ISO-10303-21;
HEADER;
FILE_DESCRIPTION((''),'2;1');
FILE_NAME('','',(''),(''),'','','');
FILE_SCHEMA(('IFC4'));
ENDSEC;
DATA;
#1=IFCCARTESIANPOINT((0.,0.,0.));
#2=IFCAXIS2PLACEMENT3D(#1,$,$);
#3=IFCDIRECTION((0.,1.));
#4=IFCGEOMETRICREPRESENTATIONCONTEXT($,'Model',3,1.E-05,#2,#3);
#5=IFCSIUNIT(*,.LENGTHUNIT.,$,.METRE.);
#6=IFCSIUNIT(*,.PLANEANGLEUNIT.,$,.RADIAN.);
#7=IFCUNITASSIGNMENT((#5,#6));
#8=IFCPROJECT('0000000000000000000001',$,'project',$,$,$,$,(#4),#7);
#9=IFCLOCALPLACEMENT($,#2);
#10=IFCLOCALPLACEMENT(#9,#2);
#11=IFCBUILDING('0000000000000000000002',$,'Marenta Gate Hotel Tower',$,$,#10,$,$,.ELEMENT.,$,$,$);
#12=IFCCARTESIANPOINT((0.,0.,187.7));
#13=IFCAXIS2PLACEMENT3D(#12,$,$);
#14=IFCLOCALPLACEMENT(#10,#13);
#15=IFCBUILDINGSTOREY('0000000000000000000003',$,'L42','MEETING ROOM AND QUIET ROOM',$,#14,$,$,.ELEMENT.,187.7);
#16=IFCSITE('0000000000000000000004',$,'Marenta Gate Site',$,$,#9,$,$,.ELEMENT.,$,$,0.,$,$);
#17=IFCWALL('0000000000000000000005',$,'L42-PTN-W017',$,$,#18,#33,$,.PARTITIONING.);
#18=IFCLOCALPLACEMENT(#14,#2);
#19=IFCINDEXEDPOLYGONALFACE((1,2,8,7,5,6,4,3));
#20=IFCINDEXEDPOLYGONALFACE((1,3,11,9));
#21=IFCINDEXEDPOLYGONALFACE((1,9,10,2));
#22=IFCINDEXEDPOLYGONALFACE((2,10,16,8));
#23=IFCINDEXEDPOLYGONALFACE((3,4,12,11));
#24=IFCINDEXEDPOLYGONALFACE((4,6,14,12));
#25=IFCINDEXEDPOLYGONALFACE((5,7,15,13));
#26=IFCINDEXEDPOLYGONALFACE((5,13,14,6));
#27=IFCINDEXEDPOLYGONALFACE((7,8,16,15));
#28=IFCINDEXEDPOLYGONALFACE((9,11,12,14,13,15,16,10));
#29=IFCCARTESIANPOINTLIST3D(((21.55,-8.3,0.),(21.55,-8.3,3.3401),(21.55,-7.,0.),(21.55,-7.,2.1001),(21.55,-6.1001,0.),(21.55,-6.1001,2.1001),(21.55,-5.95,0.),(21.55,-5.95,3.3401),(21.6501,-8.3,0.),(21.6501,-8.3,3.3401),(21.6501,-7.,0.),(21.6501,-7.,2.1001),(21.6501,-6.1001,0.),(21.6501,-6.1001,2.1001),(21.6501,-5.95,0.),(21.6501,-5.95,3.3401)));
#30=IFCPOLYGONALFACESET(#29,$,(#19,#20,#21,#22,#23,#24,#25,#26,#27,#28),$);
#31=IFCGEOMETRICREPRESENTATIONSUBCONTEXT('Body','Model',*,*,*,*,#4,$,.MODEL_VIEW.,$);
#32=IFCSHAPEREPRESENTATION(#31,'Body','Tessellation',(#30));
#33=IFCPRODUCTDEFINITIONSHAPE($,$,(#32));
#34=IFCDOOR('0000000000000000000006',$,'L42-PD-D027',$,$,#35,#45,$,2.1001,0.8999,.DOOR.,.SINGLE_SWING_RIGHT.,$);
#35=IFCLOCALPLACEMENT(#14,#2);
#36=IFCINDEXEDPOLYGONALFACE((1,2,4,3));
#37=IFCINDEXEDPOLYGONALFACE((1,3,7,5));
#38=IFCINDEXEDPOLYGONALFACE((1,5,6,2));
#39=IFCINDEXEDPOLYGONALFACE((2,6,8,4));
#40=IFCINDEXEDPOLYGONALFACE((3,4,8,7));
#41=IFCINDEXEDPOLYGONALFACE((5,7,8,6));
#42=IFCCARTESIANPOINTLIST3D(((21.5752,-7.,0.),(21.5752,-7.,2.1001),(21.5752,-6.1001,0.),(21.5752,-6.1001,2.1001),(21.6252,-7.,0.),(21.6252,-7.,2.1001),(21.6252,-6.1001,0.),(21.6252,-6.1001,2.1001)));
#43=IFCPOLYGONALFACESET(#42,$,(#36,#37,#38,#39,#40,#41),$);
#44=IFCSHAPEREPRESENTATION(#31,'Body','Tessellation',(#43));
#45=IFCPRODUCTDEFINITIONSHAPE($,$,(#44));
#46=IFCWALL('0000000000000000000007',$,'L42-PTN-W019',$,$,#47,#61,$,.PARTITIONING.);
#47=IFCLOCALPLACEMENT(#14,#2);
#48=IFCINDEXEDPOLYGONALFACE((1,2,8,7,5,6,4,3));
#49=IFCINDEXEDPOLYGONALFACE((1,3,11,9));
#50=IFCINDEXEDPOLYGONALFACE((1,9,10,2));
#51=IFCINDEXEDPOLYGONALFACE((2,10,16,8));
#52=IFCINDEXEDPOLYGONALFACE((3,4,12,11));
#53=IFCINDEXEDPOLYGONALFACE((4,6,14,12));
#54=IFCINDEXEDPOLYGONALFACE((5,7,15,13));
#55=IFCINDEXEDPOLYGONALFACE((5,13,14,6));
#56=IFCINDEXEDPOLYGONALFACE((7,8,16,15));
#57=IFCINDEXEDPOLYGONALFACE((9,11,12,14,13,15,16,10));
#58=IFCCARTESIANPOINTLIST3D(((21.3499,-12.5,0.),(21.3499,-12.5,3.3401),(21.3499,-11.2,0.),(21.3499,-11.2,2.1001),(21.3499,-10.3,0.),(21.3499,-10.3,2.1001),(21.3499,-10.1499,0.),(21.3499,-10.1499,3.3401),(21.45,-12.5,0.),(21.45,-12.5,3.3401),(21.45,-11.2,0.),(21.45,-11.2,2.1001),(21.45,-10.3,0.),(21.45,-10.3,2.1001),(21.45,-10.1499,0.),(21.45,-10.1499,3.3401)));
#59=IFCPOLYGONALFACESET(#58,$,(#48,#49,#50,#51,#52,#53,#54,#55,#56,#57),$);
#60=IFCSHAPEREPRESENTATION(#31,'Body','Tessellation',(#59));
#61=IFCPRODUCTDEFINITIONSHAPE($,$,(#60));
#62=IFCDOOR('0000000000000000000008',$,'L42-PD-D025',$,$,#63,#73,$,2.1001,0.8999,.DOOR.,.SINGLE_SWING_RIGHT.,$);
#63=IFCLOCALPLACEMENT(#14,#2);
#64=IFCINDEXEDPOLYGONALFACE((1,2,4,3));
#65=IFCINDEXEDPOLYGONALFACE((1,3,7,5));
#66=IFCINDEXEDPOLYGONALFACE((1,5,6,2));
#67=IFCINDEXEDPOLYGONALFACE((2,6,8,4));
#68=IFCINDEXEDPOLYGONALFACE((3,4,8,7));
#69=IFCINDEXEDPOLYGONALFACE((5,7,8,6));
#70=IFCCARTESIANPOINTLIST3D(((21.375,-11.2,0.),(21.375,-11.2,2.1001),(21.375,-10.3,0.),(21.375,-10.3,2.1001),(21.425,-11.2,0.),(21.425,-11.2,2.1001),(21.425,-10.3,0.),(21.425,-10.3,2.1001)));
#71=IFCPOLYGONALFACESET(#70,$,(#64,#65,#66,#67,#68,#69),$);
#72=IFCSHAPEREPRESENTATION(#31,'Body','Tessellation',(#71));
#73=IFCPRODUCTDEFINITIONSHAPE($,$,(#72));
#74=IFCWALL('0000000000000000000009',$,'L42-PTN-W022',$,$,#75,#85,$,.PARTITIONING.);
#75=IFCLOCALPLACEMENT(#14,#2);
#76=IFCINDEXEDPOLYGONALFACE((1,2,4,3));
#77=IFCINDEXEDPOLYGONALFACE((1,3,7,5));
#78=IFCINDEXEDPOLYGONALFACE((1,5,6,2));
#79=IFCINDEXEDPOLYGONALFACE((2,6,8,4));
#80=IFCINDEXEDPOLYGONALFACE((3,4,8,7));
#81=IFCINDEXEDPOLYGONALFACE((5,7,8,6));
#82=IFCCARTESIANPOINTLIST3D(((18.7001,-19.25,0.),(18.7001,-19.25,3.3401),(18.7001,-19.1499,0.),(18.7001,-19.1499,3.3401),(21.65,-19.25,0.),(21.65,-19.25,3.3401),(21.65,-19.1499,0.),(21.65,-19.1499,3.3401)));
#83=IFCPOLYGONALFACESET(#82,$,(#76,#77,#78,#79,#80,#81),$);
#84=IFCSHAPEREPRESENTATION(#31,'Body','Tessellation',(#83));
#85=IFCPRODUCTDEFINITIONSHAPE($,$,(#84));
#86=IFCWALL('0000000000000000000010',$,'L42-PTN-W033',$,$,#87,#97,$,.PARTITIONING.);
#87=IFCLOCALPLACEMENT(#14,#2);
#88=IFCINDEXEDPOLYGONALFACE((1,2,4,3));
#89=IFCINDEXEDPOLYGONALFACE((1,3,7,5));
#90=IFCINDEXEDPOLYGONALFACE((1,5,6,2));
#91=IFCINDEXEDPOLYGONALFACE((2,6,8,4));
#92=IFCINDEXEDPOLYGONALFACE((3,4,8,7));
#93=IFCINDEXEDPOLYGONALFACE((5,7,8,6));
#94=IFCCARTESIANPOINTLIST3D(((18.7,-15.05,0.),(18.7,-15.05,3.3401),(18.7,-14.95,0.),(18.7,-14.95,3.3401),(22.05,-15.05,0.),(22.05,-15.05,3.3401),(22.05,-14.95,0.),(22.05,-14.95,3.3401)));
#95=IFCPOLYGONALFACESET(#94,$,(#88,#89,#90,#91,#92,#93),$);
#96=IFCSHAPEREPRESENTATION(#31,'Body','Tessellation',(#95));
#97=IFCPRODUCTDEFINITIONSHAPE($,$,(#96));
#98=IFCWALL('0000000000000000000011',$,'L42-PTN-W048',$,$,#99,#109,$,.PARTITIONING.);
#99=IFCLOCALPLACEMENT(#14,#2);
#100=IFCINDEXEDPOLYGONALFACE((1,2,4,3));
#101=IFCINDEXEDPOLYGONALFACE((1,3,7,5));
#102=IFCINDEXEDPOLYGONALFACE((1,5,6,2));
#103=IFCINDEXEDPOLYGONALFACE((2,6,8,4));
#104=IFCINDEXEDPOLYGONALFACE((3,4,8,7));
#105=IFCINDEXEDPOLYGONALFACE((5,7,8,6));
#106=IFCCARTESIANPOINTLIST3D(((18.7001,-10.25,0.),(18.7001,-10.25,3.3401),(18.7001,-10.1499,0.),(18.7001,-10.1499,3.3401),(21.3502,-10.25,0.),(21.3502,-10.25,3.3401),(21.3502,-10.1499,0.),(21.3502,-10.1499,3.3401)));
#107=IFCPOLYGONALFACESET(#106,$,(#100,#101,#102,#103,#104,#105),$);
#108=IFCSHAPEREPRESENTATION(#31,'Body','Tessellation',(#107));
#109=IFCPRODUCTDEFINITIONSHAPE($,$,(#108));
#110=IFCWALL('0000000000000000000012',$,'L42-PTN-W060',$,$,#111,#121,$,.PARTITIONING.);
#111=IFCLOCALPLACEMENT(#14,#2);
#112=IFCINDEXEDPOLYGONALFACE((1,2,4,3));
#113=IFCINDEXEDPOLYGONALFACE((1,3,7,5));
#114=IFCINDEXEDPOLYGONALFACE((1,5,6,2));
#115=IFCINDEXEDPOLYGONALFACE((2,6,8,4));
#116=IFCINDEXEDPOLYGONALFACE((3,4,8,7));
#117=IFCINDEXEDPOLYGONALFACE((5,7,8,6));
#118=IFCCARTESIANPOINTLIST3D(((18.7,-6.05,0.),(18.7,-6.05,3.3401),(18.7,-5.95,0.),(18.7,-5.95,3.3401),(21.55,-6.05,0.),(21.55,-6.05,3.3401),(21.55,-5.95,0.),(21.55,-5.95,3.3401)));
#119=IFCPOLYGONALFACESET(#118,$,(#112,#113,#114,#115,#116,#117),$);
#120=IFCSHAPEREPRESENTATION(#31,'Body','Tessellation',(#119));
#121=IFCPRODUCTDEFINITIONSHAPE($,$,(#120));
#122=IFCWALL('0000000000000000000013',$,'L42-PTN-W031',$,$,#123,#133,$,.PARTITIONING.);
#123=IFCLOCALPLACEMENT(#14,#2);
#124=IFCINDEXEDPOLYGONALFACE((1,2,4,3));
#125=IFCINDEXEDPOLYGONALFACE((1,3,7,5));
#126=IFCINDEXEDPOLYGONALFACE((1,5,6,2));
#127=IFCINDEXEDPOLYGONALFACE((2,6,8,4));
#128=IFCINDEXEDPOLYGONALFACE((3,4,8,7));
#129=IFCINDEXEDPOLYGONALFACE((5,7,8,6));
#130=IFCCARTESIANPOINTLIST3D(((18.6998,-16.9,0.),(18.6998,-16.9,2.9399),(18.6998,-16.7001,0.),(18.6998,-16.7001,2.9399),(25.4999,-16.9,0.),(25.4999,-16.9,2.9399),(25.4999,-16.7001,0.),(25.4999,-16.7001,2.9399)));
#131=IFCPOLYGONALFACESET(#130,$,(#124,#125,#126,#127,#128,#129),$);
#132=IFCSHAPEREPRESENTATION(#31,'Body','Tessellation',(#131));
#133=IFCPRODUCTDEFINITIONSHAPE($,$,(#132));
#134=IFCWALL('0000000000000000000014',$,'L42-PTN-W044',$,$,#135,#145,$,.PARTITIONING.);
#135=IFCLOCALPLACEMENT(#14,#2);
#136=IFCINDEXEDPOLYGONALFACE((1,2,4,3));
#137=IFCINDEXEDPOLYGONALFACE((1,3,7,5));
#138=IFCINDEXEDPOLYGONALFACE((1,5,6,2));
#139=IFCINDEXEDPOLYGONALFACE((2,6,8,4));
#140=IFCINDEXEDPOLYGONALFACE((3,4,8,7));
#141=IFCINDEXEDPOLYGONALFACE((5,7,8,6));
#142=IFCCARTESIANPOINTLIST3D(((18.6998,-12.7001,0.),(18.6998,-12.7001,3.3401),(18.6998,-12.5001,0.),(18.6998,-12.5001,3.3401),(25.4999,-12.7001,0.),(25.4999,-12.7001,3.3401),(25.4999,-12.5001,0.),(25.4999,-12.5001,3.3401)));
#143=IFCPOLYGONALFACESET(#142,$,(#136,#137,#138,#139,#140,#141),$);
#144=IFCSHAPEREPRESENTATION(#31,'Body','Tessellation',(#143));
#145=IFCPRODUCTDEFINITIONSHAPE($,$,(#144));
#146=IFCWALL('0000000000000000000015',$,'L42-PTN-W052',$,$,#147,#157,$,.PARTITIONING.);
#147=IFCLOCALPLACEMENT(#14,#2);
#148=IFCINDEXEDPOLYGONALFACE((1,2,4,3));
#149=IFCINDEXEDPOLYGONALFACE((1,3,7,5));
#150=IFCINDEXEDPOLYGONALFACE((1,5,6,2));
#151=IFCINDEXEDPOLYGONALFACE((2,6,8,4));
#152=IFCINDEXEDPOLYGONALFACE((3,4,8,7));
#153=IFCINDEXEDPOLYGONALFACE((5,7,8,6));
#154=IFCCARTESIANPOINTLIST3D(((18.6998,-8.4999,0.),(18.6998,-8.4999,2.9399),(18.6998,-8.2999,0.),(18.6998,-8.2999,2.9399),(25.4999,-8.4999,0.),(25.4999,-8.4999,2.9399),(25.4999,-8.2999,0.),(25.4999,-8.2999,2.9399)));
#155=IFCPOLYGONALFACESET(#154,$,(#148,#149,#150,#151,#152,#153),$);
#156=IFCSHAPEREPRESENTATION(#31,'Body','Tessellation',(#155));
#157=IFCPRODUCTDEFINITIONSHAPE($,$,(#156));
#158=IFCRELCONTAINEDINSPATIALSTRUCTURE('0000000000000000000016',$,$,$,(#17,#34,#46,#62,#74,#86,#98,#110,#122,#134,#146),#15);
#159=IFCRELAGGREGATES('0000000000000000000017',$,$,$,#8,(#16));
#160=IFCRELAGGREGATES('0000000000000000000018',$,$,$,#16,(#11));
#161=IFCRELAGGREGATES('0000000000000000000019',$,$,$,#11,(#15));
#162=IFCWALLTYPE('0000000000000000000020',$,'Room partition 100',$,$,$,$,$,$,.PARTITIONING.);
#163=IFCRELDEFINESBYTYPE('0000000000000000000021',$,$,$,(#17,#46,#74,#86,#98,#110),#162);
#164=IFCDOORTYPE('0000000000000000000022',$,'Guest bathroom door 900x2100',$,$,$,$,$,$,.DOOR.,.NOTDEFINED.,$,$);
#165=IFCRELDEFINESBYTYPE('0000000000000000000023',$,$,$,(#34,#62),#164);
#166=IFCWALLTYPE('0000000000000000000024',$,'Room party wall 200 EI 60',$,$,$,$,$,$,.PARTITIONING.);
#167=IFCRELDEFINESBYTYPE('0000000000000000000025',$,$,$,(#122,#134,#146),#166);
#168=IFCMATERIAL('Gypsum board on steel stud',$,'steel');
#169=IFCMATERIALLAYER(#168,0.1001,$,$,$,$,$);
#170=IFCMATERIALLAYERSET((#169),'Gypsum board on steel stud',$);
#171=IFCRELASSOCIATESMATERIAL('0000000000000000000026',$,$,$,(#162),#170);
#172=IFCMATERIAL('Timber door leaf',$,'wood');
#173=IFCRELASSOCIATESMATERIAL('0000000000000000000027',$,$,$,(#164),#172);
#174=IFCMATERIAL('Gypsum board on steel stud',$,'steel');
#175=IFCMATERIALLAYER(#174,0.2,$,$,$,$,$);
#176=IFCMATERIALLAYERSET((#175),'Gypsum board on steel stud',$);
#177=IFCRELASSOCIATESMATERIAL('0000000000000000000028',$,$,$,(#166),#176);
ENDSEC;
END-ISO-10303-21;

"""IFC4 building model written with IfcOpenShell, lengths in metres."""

from ifc_helpers import new_model, si_unit, direction, frame, frame_2d, origin, place, context, subcontext, project, spatial, rectangle, extrude, material, layer, layer_set, type_object, element, fill, save


model = new_model("IFC4")

# Units and contexts
model_context = context("Model", 3, precision=1e-05, world=origin(), true_north=direction((0.0, 1.0)))
body_context = subcontext(model_context, "Body", "Model", "MODEL_VIEW")
ifc_project = project(units=[si_unit("LENGTHUNIT", "METRE"), si_unit("PLANEANGLEUNIT", "RADIAN")], contexts=[model_context])

# Site, building, storey
site_placement = place(None, origin())
site = spatial("IfcSite", under=ifc_project, at=site_placement, Name="Marenta Gate Site", CompositionType="ELEMENT", RefElevation=0.0)
building_placement = place(site_placement, origin())
building = spatial("IfcBuilding", under=site, at=building_placement, Name="Marenta Gate Hotel Tower", CompositionType="ELEMENT")
storey_placement = place(building_placement, frame((0.0, 0.0, 187.7)))
storey = spatial("IfcBuildingStorey", under=building, at=storey_placement, Name="L42", Description="MEETING ROOM AND QUIET ROOM", CompositionType="ELEMENT", Elevation=187.7)

# Walls, openings, doors
ifc_material_1 = material(Name="Gypsum board on steel stud", Category="steel")
ifc_layer_1 = layer(ifc_material_1, 0.1001)
ifc_layer_set_1 = layer_set([ifc_layer_1], Name="Gypsum board on steel stud")
wall_type_1 = type_object("IfcWallType", Name="Room partition 100", PredefinedType="PARTITIONING", material=ifc_layer_set_1)
ifc_material_2 = material(Name="Timber door leaf", Category="wood")
door_type = type_object("IfcDoorType", Name="Guest bathroom door 900x2100", OperationType="NOTDEFINED", PredefinedType="DOOR", material=ifc_material_2)
wall_1_placement = place(storey_placement, frame((21.6001, -8.3, 0.0), z_axis=(0.0, 0.0, 1.0), x_axis=(0.0, 1.0, 0.0)))
wall_1 = element("IfcWall", 1, at=wall_1_placement, inside=storey, type_object=wall_type_1, Name="L42-PTN-W017", PredefinedType="PARTITIONING", context=body_context, shape_type="SweptSolid", body=[
    extrude(rectangle(XDim=2.3501, YDim=0.1001, at=frame_2d((1.175, 0.0))), origin(), (0.0, 0.0, 1.0), 3.3401),
])
opening_1_placement = place(wall_1_placement, frame((1.3, 0.0, 0.0)))
opening_1 = element("IfcOpeningElement", 2, at=opening_1_placement, cuts=wall_1, PredefinedType="OPENING", context=body_context, shape_type="SweptSolid", body=[
    extrude(rectangle(XDim=0.8999, YDim=2.1001, at=frame_2d((0.45, 1.05))), frame((0.0, 0.05, 0.0), z_axis=(0.0, -1.0, 0.0), x_axis=(1.0, 0.0, 0.0)), (0.0, 0.0, 1.0), 0.1001),
])
door_1_placement = place(opening_1_placement, origin())
door_1 = element("IfcDoor", 3, at=door_1_placement, inside=storey, type_object=door_type, Name="L42-PD-D027", OperationType="SINGLE_SWING_RIGHT", OverallHeight=2.1001, OverallWidth=0.8999, PredefinedType="DOOR", context=body_context, shape_type="SweptSolid", body=[
    extrude(rectangle(XDim=0.8999, YDim=2.1001, at=frame_2d((0.45, 1.05))), frame((0.0, 0.0249, 0.0), z_axis=(0.0, -1.0, 0.0), x_axis=(1.0, 0.0, 0.0)), (0.0, 0.0, 1.0), 0.05),
])
fill(opening_1, door_1)
wall_2_placement = place(storey_placement, frame((21.3999, -12.5, 0.0), z_axis=(0.0, 0.0, 1.0), x_axis=(0.0, 1.0, 0.0)))
wall_2 = element("IfcWall", 4, at=wall_2_placement, inside=storey, type_object=wall_type_1, Name="L42-PTN-W019", PredefinedType="PARTITIONING", context=body_context, shape_type="SweptSolid", body=[
    extrude(rectangle(XDim=2.3501, YDim=0.1001, at=frame_2d((1.175, 0.0))), origin(), (0.0, 0.0, 1.0), 3.3401),
])
opening_2_placement = place(wall_2_placement, frame((1.3, 0.0, 0.0)))
opening_2 = element("IfcOpeningElement", 5, at=opening_2_placement, cuts=wall_2, PredefinedType="OPENING", context=body_context, shape_type="SweptSolid", body=[
    extrude(rectangle(XDim=0.8999, YDim=2.1001, at=frame_2d((0.45, 1.05))), frame((0.0, 0.05, 0.0), z_axis=(0.0, -1.0, 0.0), x_axis=(1.0, 0.0, 0.0)), (0.0, 0.0, 1.0), 0.1001),
])
door_2_placement = place(opening_2_placement, origin())
door_2 = element("IfcDoor", 6, at=door_2_placement, inside=storey, type_object=door_type, Name="L42-PD-D025", OperationType="SINGLE_SWING_RIGHT", OverallHeight=2.1001, OverallWidth=0.8999, PredefinedType="DOOR", context=body_context, shape_type="SweptSolid", body=[
    extrude(rectangle(XDim=0.8999, YDim=2.1001, at=frame_2d((0.45, 1.05))), frame((0.0, 0.0249, 0.0), z_axis=(0.0, -1.0, 0.0), x_axis=(1.0, 0.0, 0.0)), (0.0, 0.0, 1.0), 0.05),
])
fill(opening_2, door_2)

# Walls
wall_3_placement = place(storey_placement, frame((18.7, -19.2, 0.0), z_axis=(0.0, 0.0, 1.0), x_axis=(1.0, 0.0, 0.0)))
element("IfcWall", 7, at=wall_3_placement, inside=storey, type_object=wall_type_1, Name="L42-PTN-W022", PredefinedType="PARTITIONING", context=body_context, shape_type="SweptSolid", body=[
    extrude(rectangle(XDim=2.95, YDim=0.1001, at=frame_2d((1.4751, 0.0))), origin(), (0.0, 0.0, 1.0), 3.3401),
])
wall_4_placement = place(storey_placement, frame((18.7, -15.0, 0.0), z_axis=(0.0, 0.0, 1.0), x_axis=(1.0, 0.0, 0.0)))
element("IfcWall", 8, at=wall_4_placement, inside=storey, type_object=wall_type_1, Name="L42-PTN-W033", PredefinedType="PARTITIONING", context=body_context, shape_type="SweptSolid", body=[
    extrude(rectangle(XDim=3.3501, YDim=0.1001, at=frame_2d((1.675, 0.0))), origin(), (0.0, 0.0, 1.0), 3.3401),
])
wall_5_placement = place(storey_placement, frame((18.7, -10.2, 0.0), z_axis=(0.0, 0.0, 1.0), x_axis=(1.0, 0.0, 0.0)))
element("IfcWall", 9, at=wall_5_placement, inside=storey, type_object=wall_type_1, Name="L42-PTN-W048", PredefinedType="PARTITIONING", context=body_context, shape_type="SweptSolid", body=[
    extrude(rectangle(XDim=2.6501, YDim=0.1001, at=frame_2d((1.3252, 0.0))), origin(), (0.0, 0.0, 1.0), 3.3401),
])
wall_6_placement = place(storey_placement, frame((18.7, -6.0, 0.0), z_axis=(0.0, 0.0, 1.0), x_axis=(1.0, 0.0, 0.0)))
element("IfcWall", 10, at=wall_6_placement, inside=storey, type_object=wall_type_1, Name="L42-PTN-W060", PredefinedType="PARTITIONING", context=body_context, shape_type="SweptSolid", body=[
    extrude(rectangle(XDim=2.8501, YDim=0.1001, at=frame_2d((1.425, 0.0))), origin(), (0.0, 0.0, 1.0), 3.3401),
])
ifc_material_3 = material(Name="Gypsum board on steel stud", Category="steel")
ifc_layer_2 = layer(ifc_material_3, 0.2)
ifc_layer_set_2 = layer_set([ifc_layer_2], Name="Gypsum board on steel stud")
wall_type_2 = type_object("IfcWallType", Name="Room party wall 200 EI 60", PredefinedType="PARTITIONING", material=ifc_layer_set_2)
wall_7_placement = place(storey_placement, frame((18.7, -16.8, 0.0), z_axis=(0.0, 0.0, 1.0), x_axis=(1.0, 0.0, 0.0)))
element("IfcWall", 11, at=wall_7_placement, inside=storey, type_object=wall_type_2, Name="L42-PTN-W031", PredefinedType="PARTITIONING", context=body_context, shape_type="SweptSolid", body=[
    extrude(rectangle(XDim=6.8, YDim=0.2, at=frame_2d((3.3999, 0.0))), origin(), (0.0, 0.0, 1.0), 2.9399),
])
wall_8_placement = place(storey_placement, frame((18.7, -12.6001, 0.0), z_axis=(0.0, 0.0, 1.0), x_axis=(1.0, 0.0, 0.0)))
element("IfcWall", 12, at=wall_8_placement, inside=storey, type_object=wall_type_2, Name="L42-PTN-W044", PredefinedType="PARTITIONING", context=body_context, shape_type="SweptSolid", body=[
    extrude(rectangle(XDim=6.8, YDim=0.2, at=frame_2d((3.3999, 0.0))), origin(), (0.0, 0.0, 1.0), 3.3401),
])
wall_9_placement = place(storey_placement, frame((18.7, -8.3999, 0.0), z_axis=(0.0, 0.0, 1.0), x_axis=(1.0, 0.0, 0.0)))
element("IfcWall", 13, at=wall_9_placement, inside=storey, type_object=wall_type_2, Name="L42-PTN-W052", PredefinedType="PARTITIONING", context=body_context, shape_type="SweptSolid", body=[
    extrude(rectangle(XDim=6.8, YDim=0.2, at=frame_2d((3.3999, 0.0))), origin(), (0.0, 0.0, 1.0), 2.9399),
])

save(model, "model.ifc")
